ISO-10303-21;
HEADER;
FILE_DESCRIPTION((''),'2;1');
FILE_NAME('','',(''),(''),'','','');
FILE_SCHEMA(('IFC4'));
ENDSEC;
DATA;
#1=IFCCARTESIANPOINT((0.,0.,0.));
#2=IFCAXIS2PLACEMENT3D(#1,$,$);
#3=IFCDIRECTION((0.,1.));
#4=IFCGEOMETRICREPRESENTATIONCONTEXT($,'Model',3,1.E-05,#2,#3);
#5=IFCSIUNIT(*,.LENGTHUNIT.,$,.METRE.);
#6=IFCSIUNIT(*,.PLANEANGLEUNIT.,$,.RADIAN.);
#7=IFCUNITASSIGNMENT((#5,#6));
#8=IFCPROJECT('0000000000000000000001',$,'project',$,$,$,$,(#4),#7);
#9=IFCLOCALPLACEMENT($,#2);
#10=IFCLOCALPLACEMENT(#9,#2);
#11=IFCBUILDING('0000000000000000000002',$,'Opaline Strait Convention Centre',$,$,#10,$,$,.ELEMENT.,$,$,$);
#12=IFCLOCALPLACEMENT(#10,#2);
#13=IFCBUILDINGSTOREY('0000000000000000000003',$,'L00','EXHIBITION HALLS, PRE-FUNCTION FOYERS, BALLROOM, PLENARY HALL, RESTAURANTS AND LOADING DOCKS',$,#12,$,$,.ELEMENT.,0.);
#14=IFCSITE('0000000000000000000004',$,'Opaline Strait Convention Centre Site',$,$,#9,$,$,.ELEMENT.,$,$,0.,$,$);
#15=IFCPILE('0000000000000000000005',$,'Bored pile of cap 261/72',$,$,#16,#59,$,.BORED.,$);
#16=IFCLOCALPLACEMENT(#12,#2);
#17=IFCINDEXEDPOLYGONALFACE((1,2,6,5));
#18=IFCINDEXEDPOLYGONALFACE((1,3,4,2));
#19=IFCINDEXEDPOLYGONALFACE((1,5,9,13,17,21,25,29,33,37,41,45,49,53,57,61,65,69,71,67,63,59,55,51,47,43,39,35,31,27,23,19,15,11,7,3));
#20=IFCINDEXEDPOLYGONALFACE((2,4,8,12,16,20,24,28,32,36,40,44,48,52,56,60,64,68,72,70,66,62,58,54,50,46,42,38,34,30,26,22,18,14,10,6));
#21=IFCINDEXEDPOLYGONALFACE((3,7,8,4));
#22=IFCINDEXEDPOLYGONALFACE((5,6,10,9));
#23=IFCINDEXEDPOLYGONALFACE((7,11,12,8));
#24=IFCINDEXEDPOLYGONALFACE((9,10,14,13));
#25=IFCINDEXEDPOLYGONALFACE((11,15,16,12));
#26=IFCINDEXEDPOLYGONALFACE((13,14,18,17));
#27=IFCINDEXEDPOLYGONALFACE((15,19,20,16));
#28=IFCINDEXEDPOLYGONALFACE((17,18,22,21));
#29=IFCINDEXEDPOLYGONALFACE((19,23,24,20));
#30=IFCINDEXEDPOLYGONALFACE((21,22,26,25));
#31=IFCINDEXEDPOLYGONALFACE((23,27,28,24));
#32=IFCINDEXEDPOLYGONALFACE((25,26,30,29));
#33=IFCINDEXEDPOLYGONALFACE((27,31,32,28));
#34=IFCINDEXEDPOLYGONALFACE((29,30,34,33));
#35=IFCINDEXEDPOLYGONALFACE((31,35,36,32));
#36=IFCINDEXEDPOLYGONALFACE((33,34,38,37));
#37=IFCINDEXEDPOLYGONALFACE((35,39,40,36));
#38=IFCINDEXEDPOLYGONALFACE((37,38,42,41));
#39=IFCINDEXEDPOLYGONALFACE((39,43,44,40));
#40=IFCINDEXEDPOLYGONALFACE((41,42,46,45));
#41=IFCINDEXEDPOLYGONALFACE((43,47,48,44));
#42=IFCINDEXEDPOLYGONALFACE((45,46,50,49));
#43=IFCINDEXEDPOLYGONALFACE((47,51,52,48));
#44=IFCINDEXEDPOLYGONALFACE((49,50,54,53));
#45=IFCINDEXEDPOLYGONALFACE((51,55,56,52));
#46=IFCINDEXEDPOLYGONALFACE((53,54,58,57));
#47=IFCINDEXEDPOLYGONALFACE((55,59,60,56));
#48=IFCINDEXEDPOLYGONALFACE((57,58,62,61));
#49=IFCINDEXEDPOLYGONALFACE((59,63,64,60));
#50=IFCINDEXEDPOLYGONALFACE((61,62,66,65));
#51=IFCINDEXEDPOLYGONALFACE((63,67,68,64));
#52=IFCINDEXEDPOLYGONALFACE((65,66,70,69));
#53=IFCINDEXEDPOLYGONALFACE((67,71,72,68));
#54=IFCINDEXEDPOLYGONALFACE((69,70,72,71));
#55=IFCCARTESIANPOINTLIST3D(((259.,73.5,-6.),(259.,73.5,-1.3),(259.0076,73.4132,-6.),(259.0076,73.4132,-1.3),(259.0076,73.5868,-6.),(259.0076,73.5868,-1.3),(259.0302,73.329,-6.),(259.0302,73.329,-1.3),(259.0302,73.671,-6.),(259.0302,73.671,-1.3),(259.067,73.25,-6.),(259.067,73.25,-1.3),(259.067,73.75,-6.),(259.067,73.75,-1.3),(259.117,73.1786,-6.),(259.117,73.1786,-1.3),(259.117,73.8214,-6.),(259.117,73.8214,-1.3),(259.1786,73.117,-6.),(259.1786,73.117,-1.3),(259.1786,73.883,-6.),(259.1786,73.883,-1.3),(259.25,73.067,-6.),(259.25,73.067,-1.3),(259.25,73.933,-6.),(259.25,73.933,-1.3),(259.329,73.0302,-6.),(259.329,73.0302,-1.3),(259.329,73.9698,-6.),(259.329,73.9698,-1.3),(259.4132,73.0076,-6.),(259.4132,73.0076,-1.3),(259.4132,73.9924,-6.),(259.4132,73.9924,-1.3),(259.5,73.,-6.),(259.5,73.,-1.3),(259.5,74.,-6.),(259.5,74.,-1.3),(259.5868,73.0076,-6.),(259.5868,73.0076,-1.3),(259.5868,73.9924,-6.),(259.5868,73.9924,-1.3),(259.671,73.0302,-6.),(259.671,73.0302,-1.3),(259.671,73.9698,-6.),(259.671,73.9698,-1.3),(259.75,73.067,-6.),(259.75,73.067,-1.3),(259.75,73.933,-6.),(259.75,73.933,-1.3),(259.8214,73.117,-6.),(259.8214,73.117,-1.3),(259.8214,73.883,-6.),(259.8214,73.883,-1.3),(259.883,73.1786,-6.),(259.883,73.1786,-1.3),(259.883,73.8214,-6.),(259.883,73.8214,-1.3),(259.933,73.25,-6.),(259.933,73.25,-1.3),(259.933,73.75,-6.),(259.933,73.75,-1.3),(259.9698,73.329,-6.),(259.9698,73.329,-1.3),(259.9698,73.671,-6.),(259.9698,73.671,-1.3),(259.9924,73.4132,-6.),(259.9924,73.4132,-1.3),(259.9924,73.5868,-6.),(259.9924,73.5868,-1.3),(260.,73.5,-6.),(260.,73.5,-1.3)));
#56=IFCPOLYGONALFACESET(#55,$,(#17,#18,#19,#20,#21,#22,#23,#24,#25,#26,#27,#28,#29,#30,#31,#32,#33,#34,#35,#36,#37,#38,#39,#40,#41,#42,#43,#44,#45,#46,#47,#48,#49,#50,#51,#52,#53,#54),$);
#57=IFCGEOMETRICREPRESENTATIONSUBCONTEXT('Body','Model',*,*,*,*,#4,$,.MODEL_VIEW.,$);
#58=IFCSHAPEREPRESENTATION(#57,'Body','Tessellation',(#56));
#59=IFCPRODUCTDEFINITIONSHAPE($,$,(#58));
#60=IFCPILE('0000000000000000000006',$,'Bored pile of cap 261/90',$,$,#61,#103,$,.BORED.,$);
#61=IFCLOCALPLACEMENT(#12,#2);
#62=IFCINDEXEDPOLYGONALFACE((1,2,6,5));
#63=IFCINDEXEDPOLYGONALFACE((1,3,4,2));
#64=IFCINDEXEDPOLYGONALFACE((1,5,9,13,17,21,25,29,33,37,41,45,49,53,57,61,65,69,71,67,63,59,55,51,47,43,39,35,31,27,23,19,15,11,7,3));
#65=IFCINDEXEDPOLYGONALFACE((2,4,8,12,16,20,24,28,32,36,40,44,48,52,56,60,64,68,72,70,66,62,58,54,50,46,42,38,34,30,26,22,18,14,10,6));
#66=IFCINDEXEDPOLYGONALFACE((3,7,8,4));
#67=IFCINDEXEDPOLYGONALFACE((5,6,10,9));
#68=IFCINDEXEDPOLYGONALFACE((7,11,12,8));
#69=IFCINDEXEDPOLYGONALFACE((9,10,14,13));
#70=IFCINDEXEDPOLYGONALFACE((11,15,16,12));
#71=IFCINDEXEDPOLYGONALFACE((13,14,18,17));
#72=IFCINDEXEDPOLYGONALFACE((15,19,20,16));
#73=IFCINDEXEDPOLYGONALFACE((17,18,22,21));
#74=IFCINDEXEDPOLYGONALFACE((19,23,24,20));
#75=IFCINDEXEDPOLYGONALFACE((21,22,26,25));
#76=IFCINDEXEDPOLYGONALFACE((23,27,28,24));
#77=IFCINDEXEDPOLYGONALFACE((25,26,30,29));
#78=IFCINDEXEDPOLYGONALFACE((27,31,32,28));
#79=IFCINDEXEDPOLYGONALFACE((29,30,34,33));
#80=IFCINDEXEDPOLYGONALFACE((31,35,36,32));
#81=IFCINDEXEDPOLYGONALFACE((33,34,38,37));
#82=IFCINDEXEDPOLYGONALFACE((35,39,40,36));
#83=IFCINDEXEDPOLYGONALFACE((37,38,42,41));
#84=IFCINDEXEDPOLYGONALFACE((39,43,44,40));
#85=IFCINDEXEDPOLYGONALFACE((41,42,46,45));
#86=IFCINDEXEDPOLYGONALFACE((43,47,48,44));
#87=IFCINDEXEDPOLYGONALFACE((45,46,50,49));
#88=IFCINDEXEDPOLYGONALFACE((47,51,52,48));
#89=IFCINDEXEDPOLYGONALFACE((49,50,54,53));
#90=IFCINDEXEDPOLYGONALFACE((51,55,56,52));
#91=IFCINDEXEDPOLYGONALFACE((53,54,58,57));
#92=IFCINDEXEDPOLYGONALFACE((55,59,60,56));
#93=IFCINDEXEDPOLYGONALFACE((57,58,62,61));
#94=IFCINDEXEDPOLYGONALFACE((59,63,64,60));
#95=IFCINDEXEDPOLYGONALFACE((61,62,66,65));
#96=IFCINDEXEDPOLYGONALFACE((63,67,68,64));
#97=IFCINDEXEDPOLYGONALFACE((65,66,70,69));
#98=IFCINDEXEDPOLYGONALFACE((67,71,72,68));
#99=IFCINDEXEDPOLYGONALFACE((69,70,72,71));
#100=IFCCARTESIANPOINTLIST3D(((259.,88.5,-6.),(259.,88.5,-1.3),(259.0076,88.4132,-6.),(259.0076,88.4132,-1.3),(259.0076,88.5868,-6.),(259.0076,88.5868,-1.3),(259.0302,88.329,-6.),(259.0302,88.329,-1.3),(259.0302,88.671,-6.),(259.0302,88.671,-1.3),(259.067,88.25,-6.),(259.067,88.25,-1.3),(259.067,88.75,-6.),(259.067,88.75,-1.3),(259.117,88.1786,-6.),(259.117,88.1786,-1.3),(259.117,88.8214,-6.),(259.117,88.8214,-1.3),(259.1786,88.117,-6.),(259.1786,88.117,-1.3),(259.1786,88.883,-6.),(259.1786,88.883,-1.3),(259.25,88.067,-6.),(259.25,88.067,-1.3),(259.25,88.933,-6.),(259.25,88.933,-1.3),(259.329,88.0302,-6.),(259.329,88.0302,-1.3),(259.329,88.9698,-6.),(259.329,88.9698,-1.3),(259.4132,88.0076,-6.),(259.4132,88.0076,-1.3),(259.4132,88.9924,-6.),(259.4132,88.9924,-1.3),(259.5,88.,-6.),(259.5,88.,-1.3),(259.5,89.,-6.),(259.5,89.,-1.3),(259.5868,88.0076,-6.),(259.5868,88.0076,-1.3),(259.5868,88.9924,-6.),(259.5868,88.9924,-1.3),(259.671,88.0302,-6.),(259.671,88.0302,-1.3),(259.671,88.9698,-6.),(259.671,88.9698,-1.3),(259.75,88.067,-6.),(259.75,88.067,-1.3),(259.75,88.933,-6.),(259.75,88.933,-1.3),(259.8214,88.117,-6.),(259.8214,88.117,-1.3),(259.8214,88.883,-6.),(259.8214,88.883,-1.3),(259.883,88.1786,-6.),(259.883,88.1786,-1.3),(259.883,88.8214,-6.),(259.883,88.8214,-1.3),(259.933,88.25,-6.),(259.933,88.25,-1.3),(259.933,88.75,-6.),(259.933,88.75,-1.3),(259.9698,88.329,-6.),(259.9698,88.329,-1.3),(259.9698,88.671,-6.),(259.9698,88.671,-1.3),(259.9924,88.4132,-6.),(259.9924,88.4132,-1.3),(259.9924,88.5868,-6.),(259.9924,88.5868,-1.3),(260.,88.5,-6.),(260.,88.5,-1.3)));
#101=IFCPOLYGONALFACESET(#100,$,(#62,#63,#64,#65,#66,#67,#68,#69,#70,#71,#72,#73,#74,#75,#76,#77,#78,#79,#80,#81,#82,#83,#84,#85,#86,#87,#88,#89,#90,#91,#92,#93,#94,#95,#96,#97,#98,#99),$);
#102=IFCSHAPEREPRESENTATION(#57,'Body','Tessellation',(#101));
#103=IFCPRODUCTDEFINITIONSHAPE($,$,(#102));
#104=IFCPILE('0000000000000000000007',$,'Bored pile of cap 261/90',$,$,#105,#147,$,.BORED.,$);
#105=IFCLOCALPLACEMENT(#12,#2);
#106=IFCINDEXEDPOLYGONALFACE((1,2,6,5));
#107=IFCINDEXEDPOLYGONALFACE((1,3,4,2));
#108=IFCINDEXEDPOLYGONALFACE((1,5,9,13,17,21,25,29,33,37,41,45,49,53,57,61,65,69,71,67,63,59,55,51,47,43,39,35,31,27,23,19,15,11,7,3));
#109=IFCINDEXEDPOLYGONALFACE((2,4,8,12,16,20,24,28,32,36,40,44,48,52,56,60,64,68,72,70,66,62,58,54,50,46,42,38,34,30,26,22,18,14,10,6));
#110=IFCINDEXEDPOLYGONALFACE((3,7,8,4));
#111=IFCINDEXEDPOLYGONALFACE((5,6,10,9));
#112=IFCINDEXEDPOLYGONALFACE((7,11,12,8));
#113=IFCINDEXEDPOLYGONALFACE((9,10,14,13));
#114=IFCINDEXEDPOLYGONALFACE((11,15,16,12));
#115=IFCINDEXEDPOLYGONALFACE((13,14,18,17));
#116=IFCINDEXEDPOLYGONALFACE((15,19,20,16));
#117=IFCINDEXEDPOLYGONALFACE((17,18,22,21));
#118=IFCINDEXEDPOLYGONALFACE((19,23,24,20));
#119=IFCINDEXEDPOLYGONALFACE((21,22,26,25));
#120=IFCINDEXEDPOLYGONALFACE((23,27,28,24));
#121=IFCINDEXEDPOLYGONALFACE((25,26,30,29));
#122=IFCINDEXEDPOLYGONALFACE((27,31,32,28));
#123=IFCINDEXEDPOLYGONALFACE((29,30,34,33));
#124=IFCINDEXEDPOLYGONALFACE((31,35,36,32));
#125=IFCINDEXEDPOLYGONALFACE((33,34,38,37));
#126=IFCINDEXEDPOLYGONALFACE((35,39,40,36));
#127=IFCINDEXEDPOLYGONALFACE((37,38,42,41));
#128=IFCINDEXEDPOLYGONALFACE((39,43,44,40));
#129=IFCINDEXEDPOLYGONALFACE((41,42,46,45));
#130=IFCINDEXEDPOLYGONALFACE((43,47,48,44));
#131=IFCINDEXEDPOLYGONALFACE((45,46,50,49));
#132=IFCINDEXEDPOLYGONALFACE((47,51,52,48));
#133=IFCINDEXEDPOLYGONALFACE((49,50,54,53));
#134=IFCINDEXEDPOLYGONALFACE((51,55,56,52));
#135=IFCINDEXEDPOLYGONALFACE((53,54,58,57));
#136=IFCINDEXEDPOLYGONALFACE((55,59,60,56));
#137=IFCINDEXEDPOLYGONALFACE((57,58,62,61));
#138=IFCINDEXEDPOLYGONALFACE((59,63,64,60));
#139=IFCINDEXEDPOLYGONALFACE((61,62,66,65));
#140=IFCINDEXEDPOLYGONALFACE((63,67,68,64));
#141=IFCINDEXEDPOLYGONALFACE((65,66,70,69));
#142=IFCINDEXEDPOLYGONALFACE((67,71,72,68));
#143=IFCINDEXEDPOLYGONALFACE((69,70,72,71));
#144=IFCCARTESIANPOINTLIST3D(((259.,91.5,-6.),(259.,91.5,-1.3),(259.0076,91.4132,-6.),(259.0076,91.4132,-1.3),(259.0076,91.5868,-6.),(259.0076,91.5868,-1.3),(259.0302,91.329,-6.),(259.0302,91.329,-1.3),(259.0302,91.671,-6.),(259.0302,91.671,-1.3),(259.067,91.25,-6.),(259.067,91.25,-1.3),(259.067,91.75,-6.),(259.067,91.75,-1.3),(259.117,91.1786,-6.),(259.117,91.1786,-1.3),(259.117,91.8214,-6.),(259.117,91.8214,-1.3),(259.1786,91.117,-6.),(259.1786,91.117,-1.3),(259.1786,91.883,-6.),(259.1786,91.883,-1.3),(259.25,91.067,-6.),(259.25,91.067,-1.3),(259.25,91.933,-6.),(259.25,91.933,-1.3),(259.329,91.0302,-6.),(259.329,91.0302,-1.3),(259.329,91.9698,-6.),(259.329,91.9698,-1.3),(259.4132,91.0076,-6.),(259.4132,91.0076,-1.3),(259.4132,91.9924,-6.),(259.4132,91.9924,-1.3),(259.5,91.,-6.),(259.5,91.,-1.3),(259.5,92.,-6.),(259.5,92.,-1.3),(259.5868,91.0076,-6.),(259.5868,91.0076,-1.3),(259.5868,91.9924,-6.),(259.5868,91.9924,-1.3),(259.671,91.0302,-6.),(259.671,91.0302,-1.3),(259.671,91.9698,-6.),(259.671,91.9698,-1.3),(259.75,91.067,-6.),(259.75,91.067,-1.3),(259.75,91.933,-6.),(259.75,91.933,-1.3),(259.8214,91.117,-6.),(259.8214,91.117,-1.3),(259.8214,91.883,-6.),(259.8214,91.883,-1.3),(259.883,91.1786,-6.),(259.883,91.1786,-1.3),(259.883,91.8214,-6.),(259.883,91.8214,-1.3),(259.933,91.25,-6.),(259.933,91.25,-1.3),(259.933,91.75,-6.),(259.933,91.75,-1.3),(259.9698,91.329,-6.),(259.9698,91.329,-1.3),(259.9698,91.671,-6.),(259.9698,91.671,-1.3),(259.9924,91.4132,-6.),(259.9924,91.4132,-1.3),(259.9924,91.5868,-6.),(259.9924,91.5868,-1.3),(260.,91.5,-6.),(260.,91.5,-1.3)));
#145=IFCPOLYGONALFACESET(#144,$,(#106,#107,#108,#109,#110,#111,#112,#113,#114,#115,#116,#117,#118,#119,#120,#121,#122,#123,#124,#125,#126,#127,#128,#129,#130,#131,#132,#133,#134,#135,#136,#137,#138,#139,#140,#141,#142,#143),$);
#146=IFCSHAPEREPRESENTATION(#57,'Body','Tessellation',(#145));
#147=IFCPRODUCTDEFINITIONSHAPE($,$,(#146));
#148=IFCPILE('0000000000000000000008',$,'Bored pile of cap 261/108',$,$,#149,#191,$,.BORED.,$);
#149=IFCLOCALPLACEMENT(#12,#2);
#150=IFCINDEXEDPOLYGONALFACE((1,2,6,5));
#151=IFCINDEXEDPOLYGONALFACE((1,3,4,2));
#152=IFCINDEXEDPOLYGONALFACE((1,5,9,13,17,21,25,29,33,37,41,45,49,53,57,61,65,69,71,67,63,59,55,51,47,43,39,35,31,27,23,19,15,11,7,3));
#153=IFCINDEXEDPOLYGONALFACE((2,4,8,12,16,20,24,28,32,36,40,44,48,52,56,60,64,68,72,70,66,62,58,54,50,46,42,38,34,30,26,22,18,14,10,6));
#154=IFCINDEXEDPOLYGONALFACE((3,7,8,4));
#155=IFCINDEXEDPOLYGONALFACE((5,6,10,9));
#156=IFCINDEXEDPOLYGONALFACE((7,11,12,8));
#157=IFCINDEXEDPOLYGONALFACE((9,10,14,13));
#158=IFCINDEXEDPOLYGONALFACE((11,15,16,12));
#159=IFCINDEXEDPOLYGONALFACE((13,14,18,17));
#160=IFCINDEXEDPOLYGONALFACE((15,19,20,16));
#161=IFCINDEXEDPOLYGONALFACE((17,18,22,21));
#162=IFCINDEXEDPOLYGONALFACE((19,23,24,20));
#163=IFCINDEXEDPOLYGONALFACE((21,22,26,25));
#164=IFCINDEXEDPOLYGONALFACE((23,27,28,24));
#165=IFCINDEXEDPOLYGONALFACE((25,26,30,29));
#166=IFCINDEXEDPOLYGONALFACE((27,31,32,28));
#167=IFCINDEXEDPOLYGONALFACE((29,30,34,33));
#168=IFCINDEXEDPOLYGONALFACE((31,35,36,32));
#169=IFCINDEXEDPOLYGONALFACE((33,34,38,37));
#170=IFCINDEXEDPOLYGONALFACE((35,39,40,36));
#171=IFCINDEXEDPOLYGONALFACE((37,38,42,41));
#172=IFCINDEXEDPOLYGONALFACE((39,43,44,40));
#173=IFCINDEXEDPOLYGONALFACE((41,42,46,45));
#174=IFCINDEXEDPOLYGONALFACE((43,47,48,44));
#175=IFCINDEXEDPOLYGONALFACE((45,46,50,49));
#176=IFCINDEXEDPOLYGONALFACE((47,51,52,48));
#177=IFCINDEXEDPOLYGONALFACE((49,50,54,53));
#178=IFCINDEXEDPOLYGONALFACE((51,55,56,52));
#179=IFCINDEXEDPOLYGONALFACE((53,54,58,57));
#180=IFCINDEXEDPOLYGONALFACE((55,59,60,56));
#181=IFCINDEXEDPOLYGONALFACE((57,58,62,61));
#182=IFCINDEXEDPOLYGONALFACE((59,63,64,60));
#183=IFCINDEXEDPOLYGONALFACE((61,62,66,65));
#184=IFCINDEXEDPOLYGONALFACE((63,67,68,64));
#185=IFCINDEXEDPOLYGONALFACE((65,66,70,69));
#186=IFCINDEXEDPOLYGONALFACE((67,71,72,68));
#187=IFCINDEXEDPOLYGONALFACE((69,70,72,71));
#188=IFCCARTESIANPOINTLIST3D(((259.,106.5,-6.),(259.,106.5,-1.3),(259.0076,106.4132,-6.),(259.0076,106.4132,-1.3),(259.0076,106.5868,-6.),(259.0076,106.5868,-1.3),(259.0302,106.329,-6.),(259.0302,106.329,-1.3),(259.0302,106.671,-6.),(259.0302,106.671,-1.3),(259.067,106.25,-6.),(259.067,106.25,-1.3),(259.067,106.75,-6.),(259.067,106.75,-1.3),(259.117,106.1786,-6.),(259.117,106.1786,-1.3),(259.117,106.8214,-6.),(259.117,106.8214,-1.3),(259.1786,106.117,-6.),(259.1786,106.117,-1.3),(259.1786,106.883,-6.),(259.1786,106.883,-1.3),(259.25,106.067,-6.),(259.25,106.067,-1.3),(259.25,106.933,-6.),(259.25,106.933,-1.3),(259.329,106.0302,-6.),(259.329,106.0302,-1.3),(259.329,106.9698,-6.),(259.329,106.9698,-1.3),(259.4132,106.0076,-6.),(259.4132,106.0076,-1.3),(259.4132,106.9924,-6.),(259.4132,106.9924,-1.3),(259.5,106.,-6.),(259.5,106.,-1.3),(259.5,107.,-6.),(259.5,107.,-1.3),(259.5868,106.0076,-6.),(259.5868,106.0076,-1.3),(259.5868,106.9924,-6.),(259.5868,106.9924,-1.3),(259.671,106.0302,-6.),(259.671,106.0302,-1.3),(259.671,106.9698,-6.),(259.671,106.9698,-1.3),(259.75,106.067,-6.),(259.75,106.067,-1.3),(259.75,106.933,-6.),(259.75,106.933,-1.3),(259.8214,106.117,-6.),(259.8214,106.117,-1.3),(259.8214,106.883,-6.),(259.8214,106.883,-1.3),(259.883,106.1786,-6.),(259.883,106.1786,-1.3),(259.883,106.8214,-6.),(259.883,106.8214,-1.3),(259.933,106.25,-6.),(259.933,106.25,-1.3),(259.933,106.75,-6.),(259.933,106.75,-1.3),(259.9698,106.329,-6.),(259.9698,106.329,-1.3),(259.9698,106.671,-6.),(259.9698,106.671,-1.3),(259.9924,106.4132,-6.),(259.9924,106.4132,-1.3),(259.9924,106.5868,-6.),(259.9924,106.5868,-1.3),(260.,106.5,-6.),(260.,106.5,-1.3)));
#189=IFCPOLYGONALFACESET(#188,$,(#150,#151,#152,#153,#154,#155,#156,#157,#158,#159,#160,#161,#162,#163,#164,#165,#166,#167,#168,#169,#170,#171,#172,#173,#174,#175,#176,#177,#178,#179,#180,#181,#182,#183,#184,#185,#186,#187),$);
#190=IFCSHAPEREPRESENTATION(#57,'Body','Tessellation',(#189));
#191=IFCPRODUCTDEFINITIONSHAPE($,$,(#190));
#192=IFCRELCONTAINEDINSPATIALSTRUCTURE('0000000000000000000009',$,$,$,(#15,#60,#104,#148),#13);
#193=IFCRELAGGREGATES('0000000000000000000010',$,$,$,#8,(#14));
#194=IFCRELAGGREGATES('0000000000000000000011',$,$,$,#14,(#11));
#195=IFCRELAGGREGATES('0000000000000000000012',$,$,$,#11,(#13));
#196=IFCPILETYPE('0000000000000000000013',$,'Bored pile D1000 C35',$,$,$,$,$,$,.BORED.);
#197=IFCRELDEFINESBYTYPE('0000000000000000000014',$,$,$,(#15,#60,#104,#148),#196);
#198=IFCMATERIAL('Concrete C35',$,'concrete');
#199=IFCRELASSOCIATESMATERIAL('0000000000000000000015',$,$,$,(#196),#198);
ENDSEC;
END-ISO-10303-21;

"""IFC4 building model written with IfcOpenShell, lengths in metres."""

from ifc_helpers import new_model, si_unit, direction, frame, origin, origin_2d, place, context, subcontext, project, spatial, circle, extrude, material, material_profile, profile_set, type_object, element, save


model = new_model("IFC4")

# Units and contexts
model_context = context("Model", 3, precision=1e-05, world=origin(), true_north=direction((0.0, 1.0)))
body_context = subcontext(model_context, "Body", "Model", "MODEL_VIEW")
ifc_project = project(units=[si_unit("LENGTHUNIT", "METRE"), si_unit("PLANEANGLEUNIT", "RADIAN")], contexts=[model_context])

# Site, building, storey
site_placement = place(None, origin())
site = spatial("IfcSite", under=ifc_project, at=site_placement, Name="Opaline Strait Convention Centre Site", CompositionType="ELEMENT", RefElevation=0.0)
building_placement = place(site_placement, origin())
building = spatial("IfcBuilding", under=site, at=building_placement, Name="Opaline Strait Convention Centre", CompositionType="ELEMENT")
storey_placement = place(building_placement, origin())
storey = spatial("IfcBuildingStorey", under=building, at=storey_placement, Name="L00", Description="EXHIBITION HALLS, PRE-FUNCTION FOYERS, BALLROOM, PLENARY HALL, RESTAURANTS AND LOADING DOCKS", CompositionType="ELEMENT", Elevation=0.0)

# Piles
ifc_material_1 = material(Name="Concrete C35", Category="concrete")
ifc_material_profile_1 = material_profile(ifc_material_1, circle(Radius=0.5, at=origin_2d()), Name="D1000")
ifc_profile_set_1 = profile_set([ifc_material_profile_1], Name="Concrete C35")
pile_type_1 = type_object("IfcPileType", Name="Bored pile D1000 C35", PredefinedType="BORED", material=ifc_profile_set_1)
for number, where, z_axis, x_axis, name in (
    (1, (259.5, 73.5, -1.3), (0.0, 0.0, -1.0), (1.0, 0.0, 0.0), "Bored pile of cap 261/72"),
    (2, (259.5, 88.5, -1.3), (0.0, 0.0, -1.0), (1.0, 0.0, 0.0), "Bored pile of cap 261/90"),
    (3, (259.5, 91.5, -1.3), (0.0, 0.0, -1.0), (1.0, 0.0, 0.0), "Bored pile of cap 261/90"),
    (4, (259.5, 106.5, -1.3), (0.0, 0.0, -1.0), (1.0, 0.0, 0.0), "Bored pile of cap 261/108"),
):
    element("IfcPile", number, at=place(storey_placement, frame(where, z_axis=z_axis, x_axis=x_axis)), inside=storey, type_object=pile_type_1, Name=name, PredefinedType="BORED", context=body_context, shape_type="SweptSolid", body=[
        extrude(circle(Radius=0.5, at=origin_2d()), origin(), (0.0, 0.0, 1.0), 4.7),
    ])

save(model, "model.ifc")
